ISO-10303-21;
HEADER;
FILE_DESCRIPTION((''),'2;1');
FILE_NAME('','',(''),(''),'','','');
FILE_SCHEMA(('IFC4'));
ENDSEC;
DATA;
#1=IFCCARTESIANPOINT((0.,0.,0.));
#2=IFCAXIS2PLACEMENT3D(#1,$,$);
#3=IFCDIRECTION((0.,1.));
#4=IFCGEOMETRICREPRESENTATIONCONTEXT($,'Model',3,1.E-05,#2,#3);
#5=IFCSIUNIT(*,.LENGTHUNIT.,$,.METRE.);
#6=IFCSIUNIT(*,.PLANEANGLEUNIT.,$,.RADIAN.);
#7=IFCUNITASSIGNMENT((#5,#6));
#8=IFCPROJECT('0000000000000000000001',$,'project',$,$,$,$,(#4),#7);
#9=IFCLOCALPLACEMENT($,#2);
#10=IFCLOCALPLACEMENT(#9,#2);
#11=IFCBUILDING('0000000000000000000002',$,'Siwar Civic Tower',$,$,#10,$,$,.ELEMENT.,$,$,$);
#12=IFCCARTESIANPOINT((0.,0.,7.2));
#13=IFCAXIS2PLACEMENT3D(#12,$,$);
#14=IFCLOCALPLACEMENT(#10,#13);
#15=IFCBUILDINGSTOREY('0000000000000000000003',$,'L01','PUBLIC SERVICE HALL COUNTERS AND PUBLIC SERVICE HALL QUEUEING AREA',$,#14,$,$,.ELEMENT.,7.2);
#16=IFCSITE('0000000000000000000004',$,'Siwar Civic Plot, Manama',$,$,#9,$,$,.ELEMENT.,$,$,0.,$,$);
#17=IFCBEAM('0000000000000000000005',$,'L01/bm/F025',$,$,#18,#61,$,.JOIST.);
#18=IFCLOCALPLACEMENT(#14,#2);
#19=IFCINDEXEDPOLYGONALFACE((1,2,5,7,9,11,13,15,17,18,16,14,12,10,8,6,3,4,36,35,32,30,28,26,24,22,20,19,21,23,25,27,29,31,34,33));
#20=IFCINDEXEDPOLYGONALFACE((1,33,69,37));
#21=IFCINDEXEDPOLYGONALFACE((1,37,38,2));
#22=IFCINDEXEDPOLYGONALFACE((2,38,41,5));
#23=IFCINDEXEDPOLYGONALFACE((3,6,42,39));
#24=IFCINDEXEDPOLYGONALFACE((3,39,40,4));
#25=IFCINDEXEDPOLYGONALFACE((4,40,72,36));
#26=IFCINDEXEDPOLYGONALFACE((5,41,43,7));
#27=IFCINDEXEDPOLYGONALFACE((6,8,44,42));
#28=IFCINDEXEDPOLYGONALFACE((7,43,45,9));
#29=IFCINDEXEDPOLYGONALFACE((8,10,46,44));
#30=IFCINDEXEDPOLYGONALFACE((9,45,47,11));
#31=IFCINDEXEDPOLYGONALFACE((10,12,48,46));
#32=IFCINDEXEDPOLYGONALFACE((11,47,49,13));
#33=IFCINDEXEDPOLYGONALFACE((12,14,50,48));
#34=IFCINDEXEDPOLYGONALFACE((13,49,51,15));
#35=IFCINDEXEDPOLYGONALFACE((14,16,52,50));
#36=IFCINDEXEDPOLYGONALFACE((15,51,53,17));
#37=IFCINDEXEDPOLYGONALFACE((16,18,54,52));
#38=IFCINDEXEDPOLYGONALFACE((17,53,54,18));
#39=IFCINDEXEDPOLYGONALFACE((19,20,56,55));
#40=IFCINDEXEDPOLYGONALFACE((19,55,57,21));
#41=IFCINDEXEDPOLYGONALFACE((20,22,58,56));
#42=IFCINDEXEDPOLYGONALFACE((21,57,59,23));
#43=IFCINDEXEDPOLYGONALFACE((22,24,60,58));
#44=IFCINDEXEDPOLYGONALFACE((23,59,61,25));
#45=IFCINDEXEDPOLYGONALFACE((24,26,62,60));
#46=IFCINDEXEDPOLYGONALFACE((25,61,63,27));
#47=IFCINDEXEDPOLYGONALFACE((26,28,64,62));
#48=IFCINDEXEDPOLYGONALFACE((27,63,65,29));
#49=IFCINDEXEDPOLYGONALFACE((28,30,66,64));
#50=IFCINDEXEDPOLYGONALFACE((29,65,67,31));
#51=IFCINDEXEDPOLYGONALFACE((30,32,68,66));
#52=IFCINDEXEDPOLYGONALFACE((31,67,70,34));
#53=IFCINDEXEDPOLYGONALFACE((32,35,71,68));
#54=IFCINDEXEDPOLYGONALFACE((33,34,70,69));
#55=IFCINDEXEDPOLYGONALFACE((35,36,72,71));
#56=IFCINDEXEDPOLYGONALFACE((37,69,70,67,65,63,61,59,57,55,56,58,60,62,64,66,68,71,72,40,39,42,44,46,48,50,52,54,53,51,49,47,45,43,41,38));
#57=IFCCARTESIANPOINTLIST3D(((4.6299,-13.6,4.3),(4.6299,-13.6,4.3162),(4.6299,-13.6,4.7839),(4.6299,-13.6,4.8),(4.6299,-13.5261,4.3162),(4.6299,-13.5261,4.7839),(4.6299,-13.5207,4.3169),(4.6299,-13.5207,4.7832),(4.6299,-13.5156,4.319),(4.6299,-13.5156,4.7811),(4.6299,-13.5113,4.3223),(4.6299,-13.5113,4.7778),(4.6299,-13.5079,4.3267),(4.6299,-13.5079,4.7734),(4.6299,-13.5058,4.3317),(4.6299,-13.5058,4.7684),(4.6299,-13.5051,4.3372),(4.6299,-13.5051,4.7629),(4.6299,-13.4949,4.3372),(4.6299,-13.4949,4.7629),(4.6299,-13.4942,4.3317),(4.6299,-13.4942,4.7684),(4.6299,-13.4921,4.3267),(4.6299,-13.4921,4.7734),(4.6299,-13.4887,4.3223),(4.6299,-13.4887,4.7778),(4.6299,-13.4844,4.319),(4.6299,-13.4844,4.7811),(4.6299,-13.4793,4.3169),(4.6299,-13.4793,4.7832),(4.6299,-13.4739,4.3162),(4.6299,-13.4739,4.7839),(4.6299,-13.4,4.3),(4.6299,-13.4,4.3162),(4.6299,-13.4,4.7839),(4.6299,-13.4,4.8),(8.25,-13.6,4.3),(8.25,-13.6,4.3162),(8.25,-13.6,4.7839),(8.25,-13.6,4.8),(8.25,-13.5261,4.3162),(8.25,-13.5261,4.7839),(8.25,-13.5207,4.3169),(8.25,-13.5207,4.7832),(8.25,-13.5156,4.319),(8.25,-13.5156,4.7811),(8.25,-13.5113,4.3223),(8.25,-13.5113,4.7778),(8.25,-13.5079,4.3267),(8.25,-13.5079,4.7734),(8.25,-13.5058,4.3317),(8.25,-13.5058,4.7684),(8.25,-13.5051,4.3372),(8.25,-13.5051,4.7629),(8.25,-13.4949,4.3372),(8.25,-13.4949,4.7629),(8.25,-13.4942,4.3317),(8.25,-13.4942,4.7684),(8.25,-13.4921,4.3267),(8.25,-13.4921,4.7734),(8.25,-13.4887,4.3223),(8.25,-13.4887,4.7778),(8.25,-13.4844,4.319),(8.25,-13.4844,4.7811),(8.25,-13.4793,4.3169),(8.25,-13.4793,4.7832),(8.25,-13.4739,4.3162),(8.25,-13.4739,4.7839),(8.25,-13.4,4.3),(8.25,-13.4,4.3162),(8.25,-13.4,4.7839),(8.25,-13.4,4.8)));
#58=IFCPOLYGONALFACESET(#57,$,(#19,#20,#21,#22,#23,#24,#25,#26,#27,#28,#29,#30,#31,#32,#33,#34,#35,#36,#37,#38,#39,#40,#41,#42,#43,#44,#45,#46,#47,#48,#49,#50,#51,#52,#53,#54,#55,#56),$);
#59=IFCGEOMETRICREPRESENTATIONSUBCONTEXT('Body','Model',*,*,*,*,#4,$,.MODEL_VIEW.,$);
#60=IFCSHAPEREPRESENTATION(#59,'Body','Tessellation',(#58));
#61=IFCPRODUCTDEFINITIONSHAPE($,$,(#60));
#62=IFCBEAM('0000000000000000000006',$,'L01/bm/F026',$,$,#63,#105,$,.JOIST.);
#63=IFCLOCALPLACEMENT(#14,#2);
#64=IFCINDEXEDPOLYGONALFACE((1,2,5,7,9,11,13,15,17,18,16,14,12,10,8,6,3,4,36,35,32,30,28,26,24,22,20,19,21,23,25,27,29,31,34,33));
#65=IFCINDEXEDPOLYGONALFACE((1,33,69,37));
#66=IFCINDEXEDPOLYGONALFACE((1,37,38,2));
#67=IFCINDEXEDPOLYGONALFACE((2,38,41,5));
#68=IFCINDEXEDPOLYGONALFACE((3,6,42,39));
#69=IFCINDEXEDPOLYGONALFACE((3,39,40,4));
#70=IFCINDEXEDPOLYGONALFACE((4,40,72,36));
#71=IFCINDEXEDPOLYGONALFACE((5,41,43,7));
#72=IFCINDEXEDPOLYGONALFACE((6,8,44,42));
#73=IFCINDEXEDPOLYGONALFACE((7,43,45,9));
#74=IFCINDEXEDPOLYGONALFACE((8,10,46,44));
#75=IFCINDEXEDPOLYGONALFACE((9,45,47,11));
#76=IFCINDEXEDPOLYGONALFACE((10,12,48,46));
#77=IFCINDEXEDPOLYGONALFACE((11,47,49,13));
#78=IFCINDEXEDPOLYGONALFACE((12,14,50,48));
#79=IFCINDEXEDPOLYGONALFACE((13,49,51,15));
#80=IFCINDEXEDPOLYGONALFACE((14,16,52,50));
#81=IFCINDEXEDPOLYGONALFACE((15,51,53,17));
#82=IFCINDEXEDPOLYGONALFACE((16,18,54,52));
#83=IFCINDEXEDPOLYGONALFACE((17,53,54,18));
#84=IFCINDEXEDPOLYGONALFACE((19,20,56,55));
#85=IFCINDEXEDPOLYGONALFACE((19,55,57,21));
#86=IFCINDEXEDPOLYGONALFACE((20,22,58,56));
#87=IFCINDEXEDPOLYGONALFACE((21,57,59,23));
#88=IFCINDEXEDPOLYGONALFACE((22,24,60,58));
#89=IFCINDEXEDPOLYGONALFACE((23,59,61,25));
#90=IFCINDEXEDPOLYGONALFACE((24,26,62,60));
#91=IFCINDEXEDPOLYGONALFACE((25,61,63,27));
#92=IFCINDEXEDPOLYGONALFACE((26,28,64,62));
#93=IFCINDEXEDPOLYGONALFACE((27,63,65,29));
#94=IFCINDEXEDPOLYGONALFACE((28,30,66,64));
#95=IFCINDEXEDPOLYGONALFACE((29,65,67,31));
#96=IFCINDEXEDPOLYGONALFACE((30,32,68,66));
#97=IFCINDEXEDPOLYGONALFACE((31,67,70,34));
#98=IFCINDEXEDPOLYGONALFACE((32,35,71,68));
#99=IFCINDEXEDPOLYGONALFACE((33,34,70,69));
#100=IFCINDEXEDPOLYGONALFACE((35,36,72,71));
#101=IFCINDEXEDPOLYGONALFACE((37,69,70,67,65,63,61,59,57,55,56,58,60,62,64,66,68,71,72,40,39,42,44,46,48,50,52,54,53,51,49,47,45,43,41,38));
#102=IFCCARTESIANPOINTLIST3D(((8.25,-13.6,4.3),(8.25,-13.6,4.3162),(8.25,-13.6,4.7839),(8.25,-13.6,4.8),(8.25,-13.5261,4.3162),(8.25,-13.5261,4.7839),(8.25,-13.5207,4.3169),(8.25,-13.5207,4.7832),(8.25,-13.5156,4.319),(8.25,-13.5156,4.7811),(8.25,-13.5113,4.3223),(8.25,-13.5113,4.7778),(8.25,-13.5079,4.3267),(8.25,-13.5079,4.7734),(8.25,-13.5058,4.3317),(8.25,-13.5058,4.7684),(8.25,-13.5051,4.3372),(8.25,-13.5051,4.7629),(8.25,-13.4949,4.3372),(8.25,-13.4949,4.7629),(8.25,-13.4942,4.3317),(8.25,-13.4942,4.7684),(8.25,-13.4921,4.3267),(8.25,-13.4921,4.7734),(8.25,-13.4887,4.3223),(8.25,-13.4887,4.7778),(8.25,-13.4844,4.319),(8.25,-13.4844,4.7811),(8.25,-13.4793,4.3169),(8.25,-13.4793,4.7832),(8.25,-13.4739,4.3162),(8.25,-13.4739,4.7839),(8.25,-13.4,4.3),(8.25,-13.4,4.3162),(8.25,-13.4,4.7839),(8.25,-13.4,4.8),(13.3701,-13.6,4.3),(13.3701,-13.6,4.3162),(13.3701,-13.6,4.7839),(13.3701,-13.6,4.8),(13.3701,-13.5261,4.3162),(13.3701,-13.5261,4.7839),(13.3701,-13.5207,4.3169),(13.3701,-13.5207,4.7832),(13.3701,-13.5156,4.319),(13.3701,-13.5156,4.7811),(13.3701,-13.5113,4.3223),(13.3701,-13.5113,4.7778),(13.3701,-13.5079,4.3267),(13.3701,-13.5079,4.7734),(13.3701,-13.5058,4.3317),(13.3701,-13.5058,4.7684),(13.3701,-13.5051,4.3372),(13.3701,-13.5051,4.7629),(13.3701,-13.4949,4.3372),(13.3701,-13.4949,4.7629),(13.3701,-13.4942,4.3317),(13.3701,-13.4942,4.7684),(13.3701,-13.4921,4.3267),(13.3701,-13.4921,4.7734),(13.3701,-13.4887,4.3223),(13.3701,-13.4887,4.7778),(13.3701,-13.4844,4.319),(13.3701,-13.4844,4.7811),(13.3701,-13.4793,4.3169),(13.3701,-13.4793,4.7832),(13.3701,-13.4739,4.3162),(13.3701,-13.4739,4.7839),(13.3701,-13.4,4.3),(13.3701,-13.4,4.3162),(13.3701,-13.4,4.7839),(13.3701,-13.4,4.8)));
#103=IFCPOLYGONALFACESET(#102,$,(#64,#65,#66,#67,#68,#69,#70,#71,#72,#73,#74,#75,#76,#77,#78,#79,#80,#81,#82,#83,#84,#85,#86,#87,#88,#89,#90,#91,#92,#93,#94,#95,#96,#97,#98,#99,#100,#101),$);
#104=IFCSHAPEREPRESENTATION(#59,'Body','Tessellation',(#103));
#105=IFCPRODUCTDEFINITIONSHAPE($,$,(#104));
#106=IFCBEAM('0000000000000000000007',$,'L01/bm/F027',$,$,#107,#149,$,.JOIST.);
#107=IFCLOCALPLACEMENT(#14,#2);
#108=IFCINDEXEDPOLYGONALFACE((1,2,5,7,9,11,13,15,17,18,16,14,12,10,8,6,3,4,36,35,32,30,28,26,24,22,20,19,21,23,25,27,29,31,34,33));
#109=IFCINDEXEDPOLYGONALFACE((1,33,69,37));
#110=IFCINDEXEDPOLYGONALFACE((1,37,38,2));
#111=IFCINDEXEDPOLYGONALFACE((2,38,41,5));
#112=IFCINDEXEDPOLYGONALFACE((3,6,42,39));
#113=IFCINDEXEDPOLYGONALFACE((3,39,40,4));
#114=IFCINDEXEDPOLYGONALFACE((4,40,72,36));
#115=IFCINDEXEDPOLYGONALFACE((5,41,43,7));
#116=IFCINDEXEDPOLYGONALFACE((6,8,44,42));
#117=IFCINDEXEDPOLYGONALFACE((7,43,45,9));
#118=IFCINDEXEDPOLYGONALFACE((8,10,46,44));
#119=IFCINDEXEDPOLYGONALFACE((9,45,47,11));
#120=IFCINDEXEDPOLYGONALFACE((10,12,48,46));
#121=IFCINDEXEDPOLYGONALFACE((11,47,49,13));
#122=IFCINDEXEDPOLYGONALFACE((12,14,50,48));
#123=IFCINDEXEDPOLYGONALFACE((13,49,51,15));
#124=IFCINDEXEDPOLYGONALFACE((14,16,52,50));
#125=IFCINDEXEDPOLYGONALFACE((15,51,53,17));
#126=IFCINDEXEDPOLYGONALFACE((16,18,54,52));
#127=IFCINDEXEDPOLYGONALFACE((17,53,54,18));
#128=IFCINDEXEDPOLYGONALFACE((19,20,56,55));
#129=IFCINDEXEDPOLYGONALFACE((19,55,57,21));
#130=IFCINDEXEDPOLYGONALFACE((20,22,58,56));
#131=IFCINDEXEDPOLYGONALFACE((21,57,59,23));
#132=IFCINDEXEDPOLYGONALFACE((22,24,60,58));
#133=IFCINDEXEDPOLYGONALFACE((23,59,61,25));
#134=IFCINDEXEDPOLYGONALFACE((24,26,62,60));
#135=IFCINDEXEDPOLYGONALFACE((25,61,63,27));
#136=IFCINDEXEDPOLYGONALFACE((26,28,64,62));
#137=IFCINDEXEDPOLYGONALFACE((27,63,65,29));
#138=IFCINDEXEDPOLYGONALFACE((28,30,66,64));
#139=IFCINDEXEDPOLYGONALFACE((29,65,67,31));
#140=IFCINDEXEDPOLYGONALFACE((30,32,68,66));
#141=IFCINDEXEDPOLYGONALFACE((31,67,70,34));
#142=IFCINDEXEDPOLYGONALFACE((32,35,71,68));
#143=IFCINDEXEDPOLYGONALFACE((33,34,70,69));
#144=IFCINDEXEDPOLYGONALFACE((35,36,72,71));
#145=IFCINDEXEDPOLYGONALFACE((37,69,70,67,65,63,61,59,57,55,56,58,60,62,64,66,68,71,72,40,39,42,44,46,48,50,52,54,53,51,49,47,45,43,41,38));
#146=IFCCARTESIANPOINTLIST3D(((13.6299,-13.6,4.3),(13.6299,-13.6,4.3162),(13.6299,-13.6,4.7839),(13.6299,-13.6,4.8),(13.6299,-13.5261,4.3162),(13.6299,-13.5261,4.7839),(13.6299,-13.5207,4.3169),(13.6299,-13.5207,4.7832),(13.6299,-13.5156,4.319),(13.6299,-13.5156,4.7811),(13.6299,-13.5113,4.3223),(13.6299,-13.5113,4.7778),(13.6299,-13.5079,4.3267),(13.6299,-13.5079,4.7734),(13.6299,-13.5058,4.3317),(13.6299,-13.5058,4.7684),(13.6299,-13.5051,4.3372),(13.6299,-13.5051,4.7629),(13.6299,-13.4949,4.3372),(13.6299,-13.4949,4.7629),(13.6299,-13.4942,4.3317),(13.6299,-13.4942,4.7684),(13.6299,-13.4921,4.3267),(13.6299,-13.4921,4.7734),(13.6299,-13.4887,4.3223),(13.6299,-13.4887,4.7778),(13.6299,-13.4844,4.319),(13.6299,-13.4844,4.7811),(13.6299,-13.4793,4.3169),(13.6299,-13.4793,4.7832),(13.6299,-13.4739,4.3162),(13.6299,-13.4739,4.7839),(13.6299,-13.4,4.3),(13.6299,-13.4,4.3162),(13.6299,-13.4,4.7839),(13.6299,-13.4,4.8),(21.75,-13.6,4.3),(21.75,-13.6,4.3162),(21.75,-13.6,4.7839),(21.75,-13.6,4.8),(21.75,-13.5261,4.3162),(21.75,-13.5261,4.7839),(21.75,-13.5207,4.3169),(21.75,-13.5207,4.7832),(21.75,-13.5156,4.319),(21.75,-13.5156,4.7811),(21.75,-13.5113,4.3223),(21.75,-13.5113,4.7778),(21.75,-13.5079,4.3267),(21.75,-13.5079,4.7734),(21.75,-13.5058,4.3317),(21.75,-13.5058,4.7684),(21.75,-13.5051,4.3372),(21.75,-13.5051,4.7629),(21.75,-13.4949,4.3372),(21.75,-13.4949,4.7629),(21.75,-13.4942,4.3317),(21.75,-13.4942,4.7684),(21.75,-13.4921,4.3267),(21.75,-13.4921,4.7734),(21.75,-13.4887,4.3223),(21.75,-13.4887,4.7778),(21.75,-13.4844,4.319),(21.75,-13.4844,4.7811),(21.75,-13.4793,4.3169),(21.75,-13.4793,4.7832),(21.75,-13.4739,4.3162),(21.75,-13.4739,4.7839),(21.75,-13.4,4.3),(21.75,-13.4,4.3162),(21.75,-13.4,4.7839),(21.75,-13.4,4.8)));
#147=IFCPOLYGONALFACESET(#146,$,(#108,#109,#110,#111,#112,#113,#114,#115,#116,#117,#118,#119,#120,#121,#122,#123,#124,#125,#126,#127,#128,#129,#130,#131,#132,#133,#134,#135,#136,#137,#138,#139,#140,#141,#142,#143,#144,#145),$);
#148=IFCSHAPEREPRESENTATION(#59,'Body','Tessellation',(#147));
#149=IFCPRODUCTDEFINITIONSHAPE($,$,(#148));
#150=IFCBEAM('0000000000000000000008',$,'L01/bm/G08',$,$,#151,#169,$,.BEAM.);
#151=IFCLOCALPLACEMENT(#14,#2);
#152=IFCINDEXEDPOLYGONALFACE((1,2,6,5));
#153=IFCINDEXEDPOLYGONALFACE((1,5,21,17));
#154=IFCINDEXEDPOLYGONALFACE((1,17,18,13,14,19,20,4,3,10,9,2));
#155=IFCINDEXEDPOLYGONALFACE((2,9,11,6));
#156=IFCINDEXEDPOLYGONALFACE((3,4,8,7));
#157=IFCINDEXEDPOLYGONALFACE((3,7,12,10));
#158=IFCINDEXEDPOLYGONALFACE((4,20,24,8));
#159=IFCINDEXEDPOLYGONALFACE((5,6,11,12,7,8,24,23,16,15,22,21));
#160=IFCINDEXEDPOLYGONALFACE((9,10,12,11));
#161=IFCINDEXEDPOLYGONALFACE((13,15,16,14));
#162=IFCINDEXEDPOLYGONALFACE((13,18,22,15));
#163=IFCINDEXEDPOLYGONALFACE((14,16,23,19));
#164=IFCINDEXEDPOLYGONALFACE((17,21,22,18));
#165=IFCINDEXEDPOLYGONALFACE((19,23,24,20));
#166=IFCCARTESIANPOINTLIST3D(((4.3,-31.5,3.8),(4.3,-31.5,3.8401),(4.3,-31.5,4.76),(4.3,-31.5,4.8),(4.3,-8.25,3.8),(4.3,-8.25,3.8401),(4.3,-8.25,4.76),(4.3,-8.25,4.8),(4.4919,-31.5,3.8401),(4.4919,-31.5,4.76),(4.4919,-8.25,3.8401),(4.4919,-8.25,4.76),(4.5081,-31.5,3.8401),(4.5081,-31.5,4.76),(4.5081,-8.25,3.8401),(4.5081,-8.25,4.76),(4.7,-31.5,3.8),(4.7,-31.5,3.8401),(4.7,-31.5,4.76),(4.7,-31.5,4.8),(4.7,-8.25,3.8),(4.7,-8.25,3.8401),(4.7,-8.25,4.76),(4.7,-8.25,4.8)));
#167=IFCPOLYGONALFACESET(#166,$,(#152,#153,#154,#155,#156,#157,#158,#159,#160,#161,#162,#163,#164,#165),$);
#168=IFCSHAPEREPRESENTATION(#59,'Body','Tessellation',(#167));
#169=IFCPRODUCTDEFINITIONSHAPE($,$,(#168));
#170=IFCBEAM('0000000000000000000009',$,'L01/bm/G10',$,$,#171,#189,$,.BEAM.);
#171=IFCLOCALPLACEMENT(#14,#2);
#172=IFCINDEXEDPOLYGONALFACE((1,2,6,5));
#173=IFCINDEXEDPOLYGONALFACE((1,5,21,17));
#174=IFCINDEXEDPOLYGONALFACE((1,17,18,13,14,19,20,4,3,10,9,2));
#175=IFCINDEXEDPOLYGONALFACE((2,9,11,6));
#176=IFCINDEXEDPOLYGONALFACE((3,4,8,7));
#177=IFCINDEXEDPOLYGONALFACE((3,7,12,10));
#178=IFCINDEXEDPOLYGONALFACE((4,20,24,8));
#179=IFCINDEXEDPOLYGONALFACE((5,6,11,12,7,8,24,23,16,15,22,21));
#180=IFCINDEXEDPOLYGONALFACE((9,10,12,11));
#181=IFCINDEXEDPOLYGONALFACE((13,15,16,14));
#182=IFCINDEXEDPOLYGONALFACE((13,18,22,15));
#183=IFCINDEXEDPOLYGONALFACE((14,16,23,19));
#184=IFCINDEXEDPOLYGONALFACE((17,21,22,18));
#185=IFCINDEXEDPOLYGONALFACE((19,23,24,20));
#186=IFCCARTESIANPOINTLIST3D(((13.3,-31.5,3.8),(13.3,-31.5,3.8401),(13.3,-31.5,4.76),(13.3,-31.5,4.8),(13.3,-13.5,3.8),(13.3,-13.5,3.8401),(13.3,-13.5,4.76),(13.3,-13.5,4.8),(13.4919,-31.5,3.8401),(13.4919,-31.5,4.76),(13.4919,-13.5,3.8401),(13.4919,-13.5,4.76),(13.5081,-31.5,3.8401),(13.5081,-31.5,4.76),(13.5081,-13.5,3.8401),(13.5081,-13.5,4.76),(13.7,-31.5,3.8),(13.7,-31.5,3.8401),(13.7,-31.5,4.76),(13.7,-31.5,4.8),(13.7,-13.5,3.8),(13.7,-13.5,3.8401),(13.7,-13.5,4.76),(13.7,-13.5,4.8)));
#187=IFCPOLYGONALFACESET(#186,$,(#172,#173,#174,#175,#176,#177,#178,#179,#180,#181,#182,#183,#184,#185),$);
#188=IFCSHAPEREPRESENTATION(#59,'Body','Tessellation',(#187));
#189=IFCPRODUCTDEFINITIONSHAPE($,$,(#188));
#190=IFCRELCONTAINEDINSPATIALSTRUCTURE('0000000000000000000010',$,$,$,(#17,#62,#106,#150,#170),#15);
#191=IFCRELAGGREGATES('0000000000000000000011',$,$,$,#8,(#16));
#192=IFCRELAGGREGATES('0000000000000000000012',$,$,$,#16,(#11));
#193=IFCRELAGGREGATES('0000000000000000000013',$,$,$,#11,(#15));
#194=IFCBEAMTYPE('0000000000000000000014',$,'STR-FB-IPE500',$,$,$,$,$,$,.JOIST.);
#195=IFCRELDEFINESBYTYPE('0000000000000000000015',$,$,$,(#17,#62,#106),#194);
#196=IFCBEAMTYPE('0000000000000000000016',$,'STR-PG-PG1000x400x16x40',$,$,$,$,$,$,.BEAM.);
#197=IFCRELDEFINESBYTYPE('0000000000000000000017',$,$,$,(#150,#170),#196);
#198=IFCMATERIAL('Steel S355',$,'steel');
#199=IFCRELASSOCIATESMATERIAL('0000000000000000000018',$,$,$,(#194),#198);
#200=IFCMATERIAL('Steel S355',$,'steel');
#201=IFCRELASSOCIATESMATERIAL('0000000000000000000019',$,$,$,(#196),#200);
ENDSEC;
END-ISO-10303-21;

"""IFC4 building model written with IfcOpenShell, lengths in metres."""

from ifc_helpers import new_model, si_unit, direction, frame, origin, origin_2d, place, context, subcontext, project, spatial, i_section, extrude, material, material_profile, profile_set, type_object, element, save


model = new_model("IFC4")

# Units and contexts
model_context = context("Model", 3, precision=1e-05, world=origin(), true_north=direction((0.0, 1.0)))
body_context = subcontext(model_context, "Body", "Model", "MODEL_VIEW")
ifc_project = project(units=[si_unit("LENGTHUNIT", "METRE"), si_unit("PLANEANGLEUNIT", "RADIAN")], contexts=[model_context])

# Site, building, storey
site_placement = place(None, origin())
site = spatial("IfcSite", under=ifc_project, at=site_placement, Name="Siwar Civic Plot, Manama", CompositionType="ELEMENT", RefElevation=0.0)
building_placement = place(site_placement, origin())
building = spatial("IfcBuilding", under=site, at=building_placement, Name="Siwar Civic Tower", CompositionType="ELEMENT")
storey_placement = place(building_placement, frame((0.0, 0.0, 7.2)))
storey = spatial("IfcBuildingStorey", under=building, at=storey_placement, Name="L01", Description="PUBLIC SERVICE HALL COUNTERS AND PUBLIC SERVICE HALL QUEUEING AREA", CompositionType="ELEMENT", Elevation=7.2)

# Beams
ifc_material_1 = material(Name="Steel S355", Category="steel")
ifc_material_profile_1 = material_profile(ifc_material_1, i_section(OverallWidth=0.2, OverallDepth=0.5, WebThickness=0.0103, FlangeThickness=0.0161, FilletRadius=0.021, at=origin_2d()), Name="IPE500")
ifc_profile_set_1 = profile_set([ifc_material_profile_1], Name="Steel S355")
beam_type_1 = type_object("IfcBeamType", Name="STR-FB-IPE500", PredefinedType="JOIST", material=ifc_profile_set_1)
beam_1_placement = place(storey_placement, frame((4.6299, -13.5, 4.55), z_axis=(1.0, 0.0, 0.0), x_axis=(0.0, 1.0, 0.0)))
element("IfcBeam", 1, at=beam_1_placement, inside=storey, type_object=beam_type_1, Name="L01/bm/F025", PredefinedType="JOIST", context=body_context, shape_type="SweptSolid", body=[
    extrude(i_section(OverallWidth=0.2, OverallDepth=0.5, WebThickness=0.0103, FlangeThickness=0.0161, FilletRadius=0.021, at=origin_2d()), origin(), (0.0, 0.0, 1.0), 3.6201),
])
beam_2_placement = place(storey_placement, frame((8.25, -13.5, 4.55), z_axis=(1.0, 0.0, 0.0), x_axis=(0.0, 1.0, 0.0)))
element("IfcBeam", 2, at=beam_2_placement, inside=storey, type_object=beam_type_1, Name="L01/bm/F026", PredefinedType="JOIST", context=body_context, shape_type="SweptSolid", body=[
    extrude(i_section(OverallWidth=0.2, OverallDepth=0.5, WebThickness=0.0103, FlangeThickness=0.0161, FilletRadius=0.021, at=origin_2d()), origin(), (0.0, 0.0, 1.0), 5.1201),
])
beam_3_placement = place(storey_placement, frame((13.6299, -13.5, 4.55), z_axis=(1.0, 0.0, 0.0), x_axis=(0.0, 1.0, 0.0)))
element("IfcBeam", 3, at=beam_3_placement, inside=storey, type_object=beam_type_1, Name="L01/bm/F027", PredefinedType="JOIST", context=body_context, shape_type="SweptSolid", body=[
    extrude(i_section(OverallWidth=0.2, OverallDepth=0.5, WebThickness=0.0103, FlangeThickness=0.0161, FilletRadius=0.021, at=origin_2d()), origin(), (0.0, 0.0, 1.0), 8.1201),
])
ifc_material_2 = material(Name="Steel S355", Category="steel")
ifc_material_profile_2 = material_profile(ifc_material_2, i_section(OverallWidth=0.3999, OverallDepth=1.0, WebThickness=0.0161, FlangeThickness=0.04, at=origin_2d()), Name="PG1000x400x16x40")
ifc_profile_set_2 = profile_set([ifc_material_profile_2], Name="Steel S355")
beam_type_2 = type_object("IfcBeamType", Name="STR-PG-PG1000x400x16x40", PredefinedType="BEAM", material=ifc_profile_set_2)
beam_4_placement = place(storey_placement, frame((4.5, -31.5, 4.3), z_axis=(0.0, 1.0, 0.0), x_axis=(-1.0, 0.0, 0.0)))
element("IfcBeam", 4, at=beam_4_placement, inside=storey, type_object=beam_type_2, Name="L01/bm/G08", PredefinedType="BEAM", context=body_context, shape_type="SweptSolid", body=[
    extrude(i_section(OverallWidth=0.3999, OverallDepth=1.0, WebThickness=0.0161, FlangeThickness=0.04, at=origin_2d()), origin(), (0.0, 0.0, 1.0), 23.25),
])
beam_5_placement = place(storey_placement, frame((13.5, -31.5, 4.3), z_axis=(0.0, 1.0, 0.0), x_axis=(-1.0, 0.0, 0.0)))
element("IfcBeam", 5, at=beam_5_placement, inside=storey, type_object=beam_type_2, Name="L01/bm/G10", PredefinedType="BEAM", context=body_context, shape_type="SweptSolid", body=[
    extrude(i_section(OverallWidth=0.3999, OverallDepth=1.0, WebThickness=0.0161, FlangeThickness=0.04, at=origin_2d()), origin(), (0.0, 0.0, 1.0), 18.0),
])

save(model, "model.ifc")
